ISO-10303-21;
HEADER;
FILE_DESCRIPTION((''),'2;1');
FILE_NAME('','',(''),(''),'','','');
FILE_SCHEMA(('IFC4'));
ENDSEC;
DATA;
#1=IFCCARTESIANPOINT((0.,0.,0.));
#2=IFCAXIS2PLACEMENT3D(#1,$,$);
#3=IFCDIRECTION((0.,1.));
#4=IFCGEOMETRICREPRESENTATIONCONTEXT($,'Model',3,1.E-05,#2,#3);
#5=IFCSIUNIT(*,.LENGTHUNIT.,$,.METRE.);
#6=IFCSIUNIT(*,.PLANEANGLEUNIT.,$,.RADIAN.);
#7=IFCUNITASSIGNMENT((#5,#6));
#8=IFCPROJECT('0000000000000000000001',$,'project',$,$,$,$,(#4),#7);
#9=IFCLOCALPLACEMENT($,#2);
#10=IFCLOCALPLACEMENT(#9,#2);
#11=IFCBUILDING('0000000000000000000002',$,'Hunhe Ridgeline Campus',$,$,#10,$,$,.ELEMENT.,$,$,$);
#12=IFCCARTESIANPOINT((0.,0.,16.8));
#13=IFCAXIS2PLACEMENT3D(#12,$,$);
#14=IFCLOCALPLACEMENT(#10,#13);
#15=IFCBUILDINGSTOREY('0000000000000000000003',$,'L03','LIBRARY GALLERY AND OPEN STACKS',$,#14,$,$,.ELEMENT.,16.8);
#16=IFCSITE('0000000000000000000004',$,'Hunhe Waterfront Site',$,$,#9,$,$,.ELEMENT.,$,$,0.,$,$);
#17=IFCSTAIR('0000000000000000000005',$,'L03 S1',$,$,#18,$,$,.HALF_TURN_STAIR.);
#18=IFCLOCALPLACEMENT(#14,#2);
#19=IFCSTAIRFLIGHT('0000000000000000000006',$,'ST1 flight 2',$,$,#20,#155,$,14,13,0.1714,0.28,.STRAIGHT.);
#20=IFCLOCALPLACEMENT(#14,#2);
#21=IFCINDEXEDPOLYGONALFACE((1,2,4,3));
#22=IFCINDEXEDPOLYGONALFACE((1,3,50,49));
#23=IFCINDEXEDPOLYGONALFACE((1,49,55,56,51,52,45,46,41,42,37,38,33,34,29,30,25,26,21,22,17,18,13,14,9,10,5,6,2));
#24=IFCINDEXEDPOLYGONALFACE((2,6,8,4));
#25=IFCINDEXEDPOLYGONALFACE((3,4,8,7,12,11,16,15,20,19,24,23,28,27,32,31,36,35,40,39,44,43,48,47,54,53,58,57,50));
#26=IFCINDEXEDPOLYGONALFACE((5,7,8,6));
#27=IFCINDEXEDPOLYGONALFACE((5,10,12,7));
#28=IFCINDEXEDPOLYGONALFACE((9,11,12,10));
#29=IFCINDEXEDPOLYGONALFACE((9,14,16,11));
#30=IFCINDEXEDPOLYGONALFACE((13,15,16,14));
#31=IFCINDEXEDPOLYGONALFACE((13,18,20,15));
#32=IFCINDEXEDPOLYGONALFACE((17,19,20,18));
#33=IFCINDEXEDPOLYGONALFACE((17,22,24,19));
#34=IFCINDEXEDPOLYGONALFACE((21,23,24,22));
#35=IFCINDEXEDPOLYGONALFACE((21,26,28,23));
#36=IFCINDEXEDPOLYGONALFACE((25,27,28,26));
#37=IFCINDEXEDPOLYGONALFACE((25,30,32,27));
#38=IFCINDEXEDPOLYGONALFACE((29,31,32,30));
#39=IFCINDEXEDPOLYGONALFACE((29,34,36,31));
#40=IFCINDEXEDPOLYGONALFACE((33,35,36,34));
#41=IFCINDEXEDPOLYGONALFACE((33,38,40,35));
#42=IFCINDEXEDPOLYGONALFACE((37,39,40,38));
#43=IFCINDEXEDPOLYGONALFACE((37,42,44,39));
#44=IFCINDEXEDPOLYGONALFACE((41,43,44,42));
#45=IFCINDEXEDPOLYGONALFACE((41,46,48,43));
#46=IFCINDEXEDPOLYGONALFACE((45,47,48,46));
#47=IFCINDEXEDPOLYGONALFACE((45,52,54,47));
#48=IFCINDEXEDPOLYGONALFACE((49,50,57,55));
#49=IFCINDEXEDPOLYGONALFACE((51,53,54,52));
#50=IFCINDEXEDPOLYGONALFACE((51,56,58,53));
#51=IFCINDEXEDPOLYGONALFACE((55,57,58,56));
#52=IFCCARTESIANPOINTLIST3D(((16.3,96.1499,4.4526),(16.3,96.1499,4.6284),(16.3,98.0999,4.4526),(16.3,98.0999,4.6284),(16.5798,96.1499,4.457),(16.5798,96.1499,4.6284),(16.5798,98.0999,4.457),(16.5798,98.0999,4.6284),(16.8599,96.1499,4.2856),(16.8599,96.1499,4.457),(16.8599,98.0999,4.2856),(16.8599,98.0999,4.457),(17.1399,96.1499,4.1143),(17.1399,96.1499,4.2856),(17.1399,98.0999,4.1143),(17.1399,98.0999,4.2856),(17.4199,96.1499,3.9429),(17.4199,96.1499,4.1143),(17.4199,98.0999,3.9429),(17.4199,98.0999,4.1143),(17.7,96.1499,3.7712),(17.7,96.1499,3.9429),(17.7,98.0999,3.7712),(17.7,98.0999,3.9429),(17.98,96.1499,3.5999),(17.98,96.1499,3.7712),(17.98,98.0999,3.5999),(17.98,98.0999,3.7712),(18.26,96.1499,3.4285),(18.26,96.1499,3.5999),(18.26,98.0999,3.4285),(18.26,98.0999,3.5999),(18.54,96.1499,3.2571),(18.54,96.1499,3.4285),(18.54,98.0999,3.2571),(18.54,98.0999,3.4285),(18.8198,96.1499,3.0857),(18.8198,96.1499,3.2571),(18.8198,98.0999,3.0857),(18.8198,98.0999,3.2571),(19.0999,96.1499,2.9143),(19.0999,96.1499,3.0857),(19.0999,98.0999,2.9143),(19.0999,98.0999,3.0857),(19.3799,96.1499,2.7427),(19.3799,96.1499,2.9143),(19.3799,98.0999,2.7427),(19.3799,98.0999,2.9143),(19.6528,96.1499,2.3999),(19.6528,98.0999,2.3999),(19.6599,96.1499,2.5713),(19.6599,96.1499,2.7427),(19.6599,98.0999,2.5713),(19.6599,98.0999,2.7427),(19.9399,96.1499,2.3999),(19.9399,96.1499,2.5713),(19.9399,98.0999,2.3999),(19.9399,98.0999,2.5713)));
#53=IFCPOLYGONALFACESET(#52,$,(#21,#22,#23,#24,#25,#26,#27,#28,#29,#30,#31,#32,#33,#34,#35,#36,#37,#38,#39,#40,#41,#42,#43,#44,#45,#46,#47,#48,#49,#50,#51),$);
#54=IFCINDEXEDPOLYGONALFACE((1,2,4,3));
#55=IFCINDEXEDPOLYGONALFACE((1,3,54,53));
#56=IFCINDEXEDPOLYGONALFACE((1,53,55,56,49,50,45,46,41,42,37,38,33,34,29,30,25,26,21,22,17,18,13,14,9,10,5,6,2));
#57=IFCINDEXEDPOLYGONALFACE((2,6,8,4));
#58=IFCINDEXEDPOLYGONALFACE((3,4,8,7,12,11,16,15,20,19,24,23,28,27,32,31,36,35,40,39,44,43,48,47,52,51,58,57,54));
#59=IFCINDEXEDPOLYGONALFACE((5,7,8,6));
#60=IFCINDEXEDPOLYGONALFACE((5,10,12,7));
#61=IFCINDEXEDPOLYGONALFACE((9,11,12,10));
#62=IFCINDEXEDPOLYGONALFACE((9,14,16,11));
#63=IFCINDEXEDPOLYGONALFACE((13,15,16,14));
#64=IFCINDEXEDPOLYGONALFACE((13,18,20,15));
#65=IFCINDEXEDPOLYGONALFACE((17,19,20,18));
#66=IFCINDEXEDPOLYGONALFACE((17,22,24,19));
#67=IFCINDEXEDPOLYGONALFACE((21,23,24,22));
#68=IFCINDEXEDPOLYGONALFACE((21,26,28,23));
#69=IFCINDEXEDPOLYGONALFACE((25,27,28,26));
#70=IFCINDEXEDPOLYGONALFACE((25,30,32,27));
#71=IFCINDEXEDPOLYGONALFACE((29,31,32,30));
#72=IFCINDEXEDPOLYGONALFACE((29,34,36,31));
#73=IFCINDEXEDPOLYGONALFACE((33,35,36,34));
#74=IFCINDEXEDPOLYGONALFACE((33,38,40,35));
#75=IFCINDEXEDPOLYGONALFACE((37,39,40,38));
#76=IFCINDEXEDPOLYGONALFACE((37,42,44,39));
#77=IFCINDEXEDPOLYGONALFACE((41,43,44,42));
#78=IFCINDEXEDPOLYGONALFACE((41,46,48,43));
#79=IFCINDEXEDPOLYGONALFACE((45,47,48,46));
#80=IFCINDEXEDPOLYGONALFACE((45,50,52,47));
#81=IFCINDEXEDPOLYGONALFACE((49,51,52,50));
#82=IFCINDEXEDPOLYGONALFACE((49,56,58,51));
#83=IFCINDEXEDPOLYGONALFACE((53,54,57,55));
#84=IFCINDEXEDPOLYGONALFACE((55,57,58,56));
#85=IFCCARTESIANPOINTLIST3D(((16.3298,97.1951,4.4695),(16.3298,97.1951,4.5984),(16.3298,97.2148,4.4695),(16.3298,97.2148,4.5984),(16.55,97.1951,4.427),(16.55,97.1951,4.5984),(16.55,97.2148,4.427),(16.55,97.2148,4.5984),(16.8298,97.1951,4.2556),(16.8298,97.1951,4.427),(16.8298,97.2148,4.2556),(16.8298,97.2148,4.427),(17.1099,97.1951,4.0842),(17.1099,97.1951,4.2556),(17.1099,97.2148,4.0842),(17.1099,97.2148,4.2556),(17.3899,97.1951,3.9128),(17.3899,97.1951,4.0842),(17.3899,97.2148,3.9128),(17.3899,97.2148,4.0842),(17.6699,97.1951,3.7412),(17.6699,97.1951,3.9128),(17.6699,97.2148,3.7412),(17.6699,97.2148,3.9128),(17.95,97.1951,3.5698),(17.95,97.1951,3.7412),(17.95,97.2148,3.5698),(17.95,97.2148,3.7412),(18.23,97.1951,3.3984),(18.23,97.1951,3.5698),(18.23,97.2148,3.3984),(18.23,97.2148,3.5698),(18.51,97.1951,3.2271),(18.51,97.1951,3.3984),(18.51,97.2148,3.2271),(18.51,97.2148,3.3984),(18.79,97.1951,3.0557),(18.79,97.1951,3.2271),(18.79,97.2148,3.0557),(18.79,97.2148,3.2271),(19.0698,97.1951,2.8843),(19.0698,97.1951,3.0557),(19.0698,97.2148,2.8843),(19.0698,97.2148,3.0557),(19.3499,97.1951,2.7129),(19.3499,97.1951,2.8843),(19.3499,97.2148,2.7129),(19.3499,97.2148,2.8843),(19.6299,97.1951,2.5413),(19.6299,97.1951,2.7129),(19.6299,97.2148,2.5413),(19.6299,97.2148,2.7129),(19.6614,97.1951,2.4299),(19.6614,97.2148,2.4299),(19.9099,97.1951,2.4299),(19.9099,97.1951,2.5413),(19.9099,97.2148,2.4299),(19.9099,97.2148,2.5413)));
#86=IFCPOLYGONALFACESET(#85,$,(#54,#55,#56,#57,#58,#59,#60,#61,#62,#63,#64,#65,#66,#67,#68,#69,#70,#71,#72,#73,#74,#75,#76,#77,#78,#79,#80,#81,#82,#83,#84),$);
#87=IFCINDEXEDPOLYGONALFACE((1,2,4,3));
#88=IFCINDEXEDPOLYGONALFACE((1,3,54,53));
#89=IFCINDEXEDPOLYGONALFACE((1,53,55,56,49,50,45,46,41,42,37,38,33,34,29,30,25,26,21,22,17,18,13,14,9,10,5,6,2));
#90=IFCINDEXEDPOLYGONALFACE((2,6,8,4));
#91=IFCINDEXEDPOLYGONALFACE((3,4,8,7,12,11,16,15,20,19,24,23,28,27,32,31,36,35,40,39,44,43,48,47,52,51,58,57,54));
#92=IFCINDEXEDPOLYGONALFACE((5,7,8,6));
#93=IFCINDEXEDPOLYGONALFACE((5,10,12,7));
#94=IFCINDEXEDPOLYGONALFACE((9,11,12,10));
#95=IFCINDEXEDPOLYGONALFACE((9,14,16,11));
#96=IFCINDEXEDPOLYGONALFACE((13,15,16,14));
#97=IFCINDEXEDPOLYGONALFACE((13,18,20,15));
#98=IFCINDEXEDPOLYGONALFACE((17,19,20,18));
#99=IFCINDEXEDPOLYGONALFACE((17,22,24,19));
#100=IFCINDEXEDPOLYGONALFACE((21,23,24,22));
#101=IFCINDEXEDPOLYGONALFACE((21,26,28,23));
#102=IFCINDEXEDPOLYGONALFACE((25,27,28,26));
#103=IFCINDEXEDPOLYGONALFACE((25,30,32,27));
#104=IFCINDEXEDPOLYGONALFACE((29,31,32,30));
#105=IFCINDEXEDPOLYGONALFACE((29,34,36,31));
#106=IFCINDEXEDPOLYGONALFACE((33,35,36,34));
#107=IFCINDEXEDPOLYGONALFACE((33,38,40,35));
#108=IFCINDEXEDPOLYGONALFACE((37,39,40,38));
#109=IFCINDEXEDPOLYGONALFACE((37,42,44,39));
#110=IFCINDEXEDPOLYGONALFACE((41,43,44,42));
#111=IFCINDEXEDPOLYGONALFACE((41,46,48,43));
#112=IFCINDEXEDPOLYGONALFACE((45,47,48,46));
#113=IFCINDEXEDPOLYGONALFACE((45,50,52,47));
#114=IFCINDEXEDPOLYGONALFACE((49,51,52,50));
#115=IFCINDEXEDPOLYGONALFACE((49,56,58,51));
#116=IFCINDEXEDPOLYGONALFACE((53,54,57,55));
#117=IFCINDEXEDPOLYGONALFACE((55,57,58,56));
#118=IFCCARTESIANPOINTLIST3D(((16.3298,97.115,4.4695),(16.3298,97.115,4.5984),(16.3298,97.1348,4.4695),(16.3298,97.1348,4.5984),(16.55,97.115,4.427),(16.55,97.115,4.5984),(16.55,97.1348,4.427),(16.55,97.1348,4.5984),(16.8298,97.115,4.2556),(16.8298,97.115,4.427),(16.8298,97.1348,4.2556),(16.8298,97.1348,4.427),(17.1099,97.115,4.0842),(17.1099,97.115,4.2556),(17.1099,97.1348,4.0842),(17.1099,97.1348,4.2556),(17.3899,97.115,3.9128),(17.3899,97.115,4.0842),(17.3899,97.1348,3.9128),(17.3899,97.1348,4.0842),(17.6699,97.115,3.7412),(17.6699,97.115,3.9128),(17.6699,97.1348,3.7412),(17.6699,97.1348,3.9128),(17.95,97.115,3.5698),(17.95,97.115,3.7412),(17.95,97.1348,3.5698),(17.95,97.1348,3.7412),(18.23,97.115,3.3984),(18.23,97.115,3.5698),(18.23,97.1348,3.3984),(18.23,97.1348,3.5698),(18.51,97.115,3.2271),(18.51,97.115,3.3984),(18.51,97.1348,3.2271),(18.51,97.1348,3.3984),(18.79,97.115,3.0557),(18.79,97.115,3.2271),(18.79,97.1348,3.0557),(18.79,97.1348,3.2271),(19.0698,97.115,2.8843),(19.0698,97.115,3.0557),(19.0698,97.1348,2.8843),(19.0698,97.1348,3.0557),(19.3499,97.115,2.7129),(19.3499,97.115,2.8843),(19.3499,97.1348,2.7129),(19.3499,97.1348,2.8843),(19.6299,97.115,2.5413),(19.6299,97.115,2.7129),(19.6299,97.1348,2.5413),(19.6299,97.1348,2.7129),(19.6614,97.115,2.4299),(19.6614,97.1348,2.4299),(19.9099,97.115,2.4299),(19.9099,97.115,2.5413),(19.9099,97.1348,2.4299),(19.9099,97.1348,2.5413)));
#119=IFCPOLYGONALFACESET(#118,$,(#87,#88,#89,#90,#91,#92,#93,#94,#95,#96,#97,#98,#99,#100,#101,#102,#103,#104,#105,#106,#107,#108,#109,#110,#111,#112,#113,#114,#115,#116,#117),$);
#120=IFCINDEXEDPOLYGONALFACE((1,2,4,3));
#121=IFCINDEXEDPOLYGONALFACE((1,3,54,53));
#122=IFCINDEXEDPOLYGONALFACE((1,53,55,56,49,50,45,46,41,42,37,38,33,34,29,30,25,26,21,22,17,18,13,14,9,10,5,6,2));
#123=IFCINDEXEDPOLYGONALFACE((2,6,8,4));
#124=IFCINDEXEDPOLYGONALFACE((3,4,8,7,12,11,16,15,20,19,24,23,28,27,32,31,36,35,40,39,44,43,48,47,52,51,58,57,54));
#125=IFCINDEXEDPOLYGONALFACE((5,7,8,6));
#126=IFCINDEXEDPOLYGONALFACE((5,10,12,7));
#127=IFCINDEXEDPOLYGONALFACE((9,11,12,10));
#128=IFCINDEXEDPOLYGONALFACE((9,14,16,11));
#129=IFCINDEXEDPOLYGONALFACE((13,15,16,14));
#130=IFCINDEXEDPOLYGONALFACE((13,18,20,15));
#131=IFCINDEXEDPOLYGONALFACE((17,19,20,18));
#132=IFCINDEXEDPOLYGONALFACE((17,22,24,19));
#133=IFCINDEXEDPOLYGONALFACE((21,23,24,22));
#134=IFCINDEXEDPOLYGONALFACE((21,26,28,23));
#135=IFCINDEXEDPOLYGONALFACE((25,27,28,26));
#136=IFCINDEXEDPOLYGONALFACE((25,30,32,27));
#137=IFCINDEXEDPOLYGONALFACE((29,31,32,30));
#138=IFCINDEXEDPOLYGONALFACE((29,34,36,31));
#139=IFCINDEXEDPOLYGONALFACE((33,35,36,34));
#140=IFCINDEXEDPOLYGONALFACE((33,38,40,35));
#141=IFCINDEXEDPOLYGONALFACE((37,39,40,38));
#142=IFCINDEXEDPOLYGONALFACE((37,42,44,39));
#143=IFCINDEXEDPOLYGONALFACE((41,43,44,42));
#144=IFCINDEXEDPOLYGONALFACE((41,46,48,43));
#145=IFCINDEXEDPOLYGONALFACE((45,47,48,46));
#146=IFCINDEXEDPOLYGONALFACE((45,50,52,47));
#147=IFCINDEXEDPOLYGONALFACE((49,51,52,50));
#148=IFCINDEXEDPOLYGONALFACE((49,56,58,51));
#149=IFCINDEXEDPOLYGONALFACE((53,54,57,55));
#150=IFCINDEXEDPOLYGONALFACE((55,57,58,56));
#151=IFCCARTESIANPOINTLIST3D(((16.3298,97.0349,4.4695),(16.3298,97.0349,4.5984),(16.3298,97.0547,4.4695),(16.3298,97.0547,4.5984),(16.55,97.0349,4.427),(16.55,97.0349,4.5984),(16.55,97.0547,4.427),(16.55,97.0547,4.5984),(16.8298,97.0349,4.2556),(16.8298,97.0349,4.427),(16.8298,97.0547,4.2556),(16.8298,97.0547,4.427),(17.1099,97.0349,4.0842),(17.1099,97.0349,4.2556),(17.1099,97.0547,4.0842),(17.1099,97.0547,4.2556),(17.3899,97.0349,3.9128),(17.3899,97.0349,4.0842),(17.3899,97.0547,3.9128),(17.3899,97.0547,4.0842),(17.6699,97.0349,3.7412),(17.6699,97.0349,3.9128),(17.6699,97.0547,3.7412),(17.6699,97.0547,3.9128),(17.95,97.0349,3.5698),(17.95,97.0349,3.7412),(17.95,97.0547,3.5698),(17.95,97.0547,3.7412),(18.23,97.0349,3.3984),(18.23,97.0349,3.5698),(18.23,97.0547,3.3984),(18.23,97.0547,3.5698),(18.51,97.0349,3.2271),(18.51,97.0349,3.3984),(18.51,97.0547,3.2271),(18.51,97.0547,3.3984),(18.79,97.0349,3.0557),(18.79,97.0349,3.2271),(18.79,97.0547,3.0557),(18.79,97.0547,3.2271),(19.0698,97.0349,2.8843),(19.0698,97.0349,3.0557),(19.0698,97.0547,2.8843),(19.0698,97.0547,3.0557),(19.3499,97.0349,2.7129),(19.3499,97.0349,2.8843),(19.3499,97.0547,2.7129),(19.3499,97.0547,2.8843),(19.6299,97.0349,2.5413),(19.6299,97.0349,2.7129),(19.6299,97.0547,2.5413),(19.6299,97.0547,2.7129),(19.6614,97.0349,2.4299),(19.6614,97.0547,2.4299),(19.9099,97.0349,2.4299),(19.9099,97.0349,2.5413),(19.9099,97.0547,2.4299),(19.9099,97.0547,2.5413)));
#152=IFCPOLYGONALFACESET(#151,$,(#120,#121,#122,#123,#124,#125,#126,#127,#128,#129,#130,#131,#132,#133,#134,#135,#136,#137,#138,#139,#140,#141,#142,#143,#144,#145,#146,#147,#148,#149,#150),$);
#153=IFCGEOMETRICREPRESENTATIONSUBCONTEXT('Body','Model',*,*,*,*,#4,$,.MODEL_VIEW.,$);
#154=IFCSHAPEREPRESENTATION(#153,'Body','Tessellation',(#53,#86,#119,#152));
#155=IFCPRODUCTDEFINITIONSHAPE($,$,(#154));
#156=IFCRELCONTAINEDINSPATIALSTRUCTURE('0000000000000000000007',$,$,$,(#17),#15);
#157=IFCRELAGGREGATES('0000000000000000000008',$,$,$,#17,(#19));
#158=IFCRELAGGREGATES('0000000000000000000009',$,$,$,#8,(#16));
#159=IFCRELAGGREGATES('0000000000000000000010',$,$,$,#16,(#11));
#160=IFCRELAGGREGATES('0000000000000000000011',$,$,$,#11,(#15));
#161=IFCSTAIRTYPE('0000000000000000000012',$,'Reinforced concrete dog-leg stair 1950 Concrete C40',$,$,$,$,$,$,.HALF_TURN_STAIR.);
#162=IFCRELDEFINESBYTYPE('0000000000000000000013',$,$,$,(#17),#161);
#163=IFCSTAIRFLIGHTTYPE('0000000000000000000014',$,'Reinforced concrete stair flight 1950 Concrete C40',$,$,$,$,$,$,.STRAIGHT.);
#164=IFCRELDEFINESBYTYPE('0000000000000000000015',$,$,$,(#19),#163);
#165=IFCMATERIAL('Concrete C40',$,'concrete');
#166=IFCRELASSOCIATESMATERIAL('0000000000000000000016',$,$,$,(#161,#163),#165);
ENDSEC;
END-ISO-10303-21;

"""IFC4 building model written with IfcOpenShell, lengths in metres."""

from ifc_helpers import new_model, si_unit, direction, frame, origin, place, context, subcontext, project, spatial, polyline, outline, extrude, material, type_object, element, aggregate, save


model = new_model("IFC4")

# Units and contexts
model_context = context("Model", 3, precision=1e-05, world=origin(), true_north=direction((0.0, 1.0)))
body_context = subcontext(model_context, "Body", "Model", "MODEL_VIEW")
ifc_project = project(units=[si_unit("LENGTHUNIT", "METRE"), si_unit("PLANEANGLEUNIT", "RADIAN")], contexts=[model_context])

# Site, building, storey
site_placement = place(None, origin())
site = spatial("IfcSite", under=ifc_project, at=site_placement, Name="Hunhe Waterfront Site", CompositionType="ELEMENT", RefElevation=0.0)
building_placement = place(site_placement, origin())
building = spatial("IfcBuilding", under=site, at=building_placement, Name="Hunhe Ridgeline Campus", CompositionType="ELEMENT")
storey_placement = place(building_placement, frame((0.0, 0.0, 16.8)))
storey = spatial("IfcBuildingStorey", under=building, at=storey_placement, Name="L03", Description="LIBRARY GALLERY AND OPEN STACKS", CompositionType="ELEMENT", Elevation=16.8)

# Stair, stair flight
ifc_material_1 = material(Name="Concrete C40", Category="concrete")
stair_type = type_object("IfcStairType", Name="Reinforced concrete dog-leg stair 1950 Concrete C40", PredefinedType="HALF_TURN_STAIR", material=ifc_material_1)
stair_placement = place(storey_placement, origin())
stair = element("IfcStair", 1, at=stair_placement, inside=storey, type_object=stair_type, Name="L03 S1", PredefinedType="HALF_TURN_STAIR")
stair_flight_type = type_object("IfcStairFlightType", Name="Reinforced concrete stair flight 1950 Concrete C40", PredefinedType="STRAIGHT", material=ifc_material_1)
stair_flight_1_placement = place(storey_placement, frame((19.9399, 97.125, 2.3999), z_axis=(0.0, 0.0, 1.0), x_axis=(-1.0, 0.0, 0.0)))
stair_flight_1 = element("IfcStairFlight", 2, at=stair_flight_1_placement, type_object=stair_flight_type, Name="ST1 flight 2", NumberOfRisers=14, NumberOfTreads=13, PredefinedType="STRAIGHT", RiserHeight=0.1714, TreadLength=0.28, context=body_context, shape_type="SweptSolid", body=[
    extrude(outline(polyline([(0.0, 0.0), (0.0, 0.1714), (0.28, 0.1714), (0.28, 0.3428), (0.5601, 0.3428), (0.5601, 0.5144), (0.8401, 0.5144), (0.8401, 0.6858), (1.1201, 0.6858), (1.1201, 0.8572), (1.3999, 0.8572), (1.3999, 1.0286), (1.6799, 1.0286), (1.6799, 1.2), (1.96, 1.2), (1.96, 1.3713), (2.24, 1.3713), (2.24, 1.543), (2.52, 1.543), (2.52, 1.7144), (2.8, 1.7144), (2.8, 1.8857), (3.0801, 1.8857), (3.0801, 2.0571), (3.3601, 2.0571), (3.3601, 2.2285), (3.6399, 2.2285), (3.6399, 2.3999), (3.6399, 2.0527), (0.2871, 0.0), (0.0, 0.0)])), frame((0.0, 0.9751, 0.0), z_axis=(0.0, -1.0, 0.0), x_axis=(1.0, 0.0, 0.0)), (0.0, 0.0, 1.0), 1.95),
    extrude(outline(polyline([(0.03, 0.03), (0.03, 0.1414), (0.3101, 0.1414), (0.3101, 0.313), (0.5901, 0.313), (0.5901, 0.4844), (0.8701, 0.4844), (0.8701, 0.6558), (1.1499, 0.6558), (1.1499, 0.8271), (1.4299, 0.8271), (1.4299, 0.9985), (1.71, 0.9985), (1.71, 1.1699), (1.99, 1.1699), (1.99, 1.3413), (2.27, 1.3413), (2.27, 1.5129), (2.55, 1.5129), (2.55, 1.6843), (2.8301, 1.6843), (2.8301, 1.8557), (3.1101, 1.8557), (3.1101, 2.0271), (3.3899, 2.0271), (3.3899, 2.1985), (3.6101, 2.1985), (3.6101, 2.0696), (0.2786, 0.03), (0.03, 0.03)])), frame((0.0, -0.0701, 0.0), z_axis=(0.0, -1.0, 0.0), x_axis=(1.0, 0.0, 0.0)), (0.0, 0.0, 1.0), 0.0198),
    extrude(outline(polyline([(0.03, 0.03), (0.03, 0.1414), (0.3101, 0.1414), (0.3101, 0.313), (0.5901, 0.313), (0.5901, 0.4844), (0.8701, 0.4844), (0.8701, 0.6558), (1.1499, 0.6558), (1.1499, 0.8271), (1.4299, 0.8271), (1.4299, 0.9985), (1.71, 0.9985), (1.71, 1.1699), (1.99, 1.1699), (1.99, 1.3413), (2.27, 1.3413), (2.27, 1.5129), (2.55, 1.5129), (2.55, 1.6843), (2.8301, 1.6843), (2.8301, 1.8557), (3.1101, 1.8557), (3.1101, 2.0271), (3.3899, 2.0271), (3.3899, 2.1985), (3.6101, 2.1985), (3.6101, 2.0696), (0.2786, 0.03), (0.03, 0.03)])), frame((0.0, 0.01, 0.0), z_axis=(0.0, -1.0, 0.0), x_axis=(1.0, 0.0, 0.0)), (0.0, 0.0, 1.0), 0.0198),
    extrude(outline(polyline([(0.03, 0.03), (0.03, 0.1414), (0.3101, 0.1414), (0.3101, 0.313), (0.5901, 0.313), (0.5901, 0.4844), (0.8701, 0.4844), (0.8701, 0.6558), (1.1499, 0.6558), (1.1499, 0.8271), (1.4299, 0.8271), (1.4299, 0.9985), (1.71, 0.9985), (1.71, 1.1699), (1.99, 1.1699), (1.99, 1.3413), (2.27, 1.3413), (2.27, 1.5129), (2.55, 1.5129), (2.55, 1.6843), (2.8301, 1.6843), (2.8301, 1.8557), (3.1101, 1.8557), (3.1101, 2.0271), (3.3899, 2.0271), (3.3899, 2.1985), (3.6101, 2.1985), (3.6101, 2.0696), (0.2786, 0.03), (0.03, 0.03)])), frame((0.0, 0.0901, 0.0), z_axis=(0.0, -1.0, 0.0), x_axis=(1.0, 0.0, 0.0)), (0.0, 0.0, 1.0), 0.0198),
])
aggregate(stair, [stair_flight_1])

save(model, "model.ifc")
